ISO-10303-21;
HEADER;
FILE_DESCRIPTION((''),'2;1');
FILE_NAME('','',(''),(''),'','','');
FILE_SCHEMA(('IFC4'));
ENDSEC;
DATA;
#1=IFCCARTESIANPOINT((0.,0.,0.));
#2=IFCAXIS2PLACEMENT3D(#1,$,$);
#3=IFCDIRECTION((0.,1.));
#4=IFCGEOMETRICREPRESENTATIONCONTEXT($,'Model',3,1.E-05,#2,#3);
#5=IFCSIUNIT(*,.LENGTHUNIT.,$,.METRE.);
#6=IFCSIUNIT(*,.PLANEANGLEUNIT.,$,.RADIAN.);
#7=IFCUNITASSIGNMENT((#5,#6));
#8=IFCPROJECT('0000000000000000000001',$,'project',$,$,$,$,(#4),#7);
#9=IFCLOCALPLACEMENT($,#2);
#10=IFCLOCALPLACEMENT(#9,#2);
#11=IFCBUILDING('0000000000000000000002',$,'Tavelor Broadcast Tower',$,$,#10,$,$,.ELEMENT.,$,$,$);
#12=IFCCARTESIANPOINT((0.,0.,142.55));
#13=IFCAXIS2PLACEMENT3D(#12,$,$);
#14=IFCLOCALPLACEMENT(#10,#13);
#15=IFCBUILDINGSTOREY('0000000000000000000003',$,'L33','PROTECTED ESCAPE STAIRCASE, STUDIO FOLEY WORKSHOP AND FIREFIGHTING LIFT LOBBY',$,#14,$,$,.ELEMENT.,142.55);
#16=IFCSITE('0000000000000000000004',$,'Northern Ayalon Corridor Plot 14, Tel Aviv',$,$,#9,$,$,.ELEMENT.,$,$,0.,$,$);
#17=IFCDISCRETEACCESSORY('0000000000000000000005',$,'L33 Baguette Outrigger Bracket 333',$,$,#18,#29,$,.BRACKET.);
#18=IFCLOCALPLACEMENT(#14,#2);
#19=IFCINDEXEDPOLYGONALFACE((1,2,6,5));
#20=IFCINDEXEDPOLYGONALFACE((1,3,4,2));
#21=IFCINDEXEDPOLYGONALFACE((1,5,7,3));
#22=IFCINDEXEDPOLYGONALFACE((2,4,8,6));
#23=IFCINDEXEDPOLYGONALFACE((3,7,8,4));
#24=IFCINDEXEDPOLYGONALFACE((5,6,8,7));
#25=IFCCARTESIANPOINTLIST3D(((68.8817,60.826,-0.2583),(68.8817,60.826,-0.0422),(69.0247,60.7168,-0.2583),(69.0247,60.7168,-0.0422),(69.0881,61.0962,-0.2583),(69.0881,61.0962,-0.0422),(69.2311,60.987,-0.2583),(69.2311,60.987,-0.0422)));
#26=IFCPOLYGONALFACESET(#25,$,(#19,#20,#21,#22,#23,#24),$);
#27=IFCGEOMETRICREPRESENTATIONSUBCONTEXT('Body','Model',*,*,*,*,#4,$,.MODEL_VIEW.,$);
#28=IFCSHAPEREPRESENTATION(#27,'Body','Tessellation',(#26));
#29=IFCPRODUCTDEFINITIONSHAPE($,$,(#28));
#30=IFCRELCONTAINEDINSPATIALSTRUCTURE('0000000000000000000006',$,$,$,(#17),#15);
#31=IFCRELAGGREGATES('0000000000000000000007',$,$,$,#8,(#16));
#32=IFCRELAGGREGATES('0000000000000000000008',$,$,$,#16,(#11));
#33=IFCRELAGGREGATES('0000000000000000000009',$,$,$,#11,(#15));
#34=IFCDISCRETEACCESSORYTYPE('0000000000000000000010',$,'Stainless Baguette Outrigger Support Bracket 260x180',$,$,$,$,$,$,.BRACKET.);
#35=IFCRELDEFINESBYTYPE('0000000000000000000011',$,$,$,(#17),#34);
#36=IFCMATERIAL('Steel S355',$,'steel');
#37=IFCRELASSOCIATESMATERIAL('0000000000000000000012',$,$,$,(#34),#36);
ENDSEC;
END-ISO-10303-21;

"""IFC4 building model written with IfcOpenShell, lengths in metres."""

from ifc_helpers import new_model, si_unit, direction, frame, origin, origin_2d, place, context, subcontext, project, spatial, rectangle, extrude, source, transform, mapped, material, type_object, type_shapes, element, save


model = new_model("IFC4")

# Units and contexts
model_context = context("Model", 3, precision=1e-05, world=origin(), true_north=direction((0.0, 1.0)))
body_context = subcontext(model_context, "Body", "Model", "MODEL_VIEW")
ifc_project = project(units=[si_unit("LENGTHUNIT", "METRE"), si_unit("PLANEANGLEUNIT", "RADIAN")], contexts=[model_context])

# Site, building, storey
site_placement = place(None, origin())
site = spatial("IfcSite", under=ifc_project, at=site_placement, Name="Northern Ayalon Corridor Plot 14, Tel Aviv", CompositionType="ELEMENT", RefElevation=0.0)
building_placement = place(site_placement, origin())
building = spatial("IfcBuilding", under=site, at=building_placement, Name="Tavelor Broadcast Tower", CompositionType="ELEMENT")
storey_placement = place(building_placement, frame((0.0, 0.0, 142.55)))
storey = spatial("IfcBuildingStorey", under=building, at=storey_placement, Name="L33", Description="PROTECTED ESCAPE STAIRCASE, STUDIO FOLEY WORKSHOP AND FIREFIGHTING LIFT LOBBY", CompositionType="ELEMENT", Elevation=142.55)

# Shared definitions
ifc_material_1 = material(Name="Steel S355", Category="steel")

# Discrete accessory
discrete_accessory_type = type_object("IfcDiscreteAccessoryType", Name="Stainless Baguette Outrigger Support Bracket 260x180", PredefinedType="BRACKET", material=ifc_material_1)
shared_shape_1 = source(origin(), body_context, "Body", "SweptSolid", [
    extrude(rectangle(XDim=0.1799, YDim=0.3401, at=origin_2d()), origin(), (0.0, 0.0, 1.0), 0.2161),
])
type_shapes(discrete_accessory_type, [shared_shape_1])
discrete_accessory_placement = place(storey_placement, frame((69.0564, 60.9065, -0.2583), z_axis=(0.0, 0.0, 1.0), x_axis=(-0.794627, 0.607098, 0.0)))
element("IfcDiscreteAccessory", 1, at=discrete_accessory_placement, inside=storey, type_object=discrete_accessory_type, Name="L33 Baguette Outrigger Bracket 333", PredefinedType="BRACKET", context=body_context, shape_type="MappedRepresentation", body=[
    mapped(shared_shape_1, transform((0.0, 0.0, 0.0), scale=1.0)),
])

save(model, "model.ifc")
